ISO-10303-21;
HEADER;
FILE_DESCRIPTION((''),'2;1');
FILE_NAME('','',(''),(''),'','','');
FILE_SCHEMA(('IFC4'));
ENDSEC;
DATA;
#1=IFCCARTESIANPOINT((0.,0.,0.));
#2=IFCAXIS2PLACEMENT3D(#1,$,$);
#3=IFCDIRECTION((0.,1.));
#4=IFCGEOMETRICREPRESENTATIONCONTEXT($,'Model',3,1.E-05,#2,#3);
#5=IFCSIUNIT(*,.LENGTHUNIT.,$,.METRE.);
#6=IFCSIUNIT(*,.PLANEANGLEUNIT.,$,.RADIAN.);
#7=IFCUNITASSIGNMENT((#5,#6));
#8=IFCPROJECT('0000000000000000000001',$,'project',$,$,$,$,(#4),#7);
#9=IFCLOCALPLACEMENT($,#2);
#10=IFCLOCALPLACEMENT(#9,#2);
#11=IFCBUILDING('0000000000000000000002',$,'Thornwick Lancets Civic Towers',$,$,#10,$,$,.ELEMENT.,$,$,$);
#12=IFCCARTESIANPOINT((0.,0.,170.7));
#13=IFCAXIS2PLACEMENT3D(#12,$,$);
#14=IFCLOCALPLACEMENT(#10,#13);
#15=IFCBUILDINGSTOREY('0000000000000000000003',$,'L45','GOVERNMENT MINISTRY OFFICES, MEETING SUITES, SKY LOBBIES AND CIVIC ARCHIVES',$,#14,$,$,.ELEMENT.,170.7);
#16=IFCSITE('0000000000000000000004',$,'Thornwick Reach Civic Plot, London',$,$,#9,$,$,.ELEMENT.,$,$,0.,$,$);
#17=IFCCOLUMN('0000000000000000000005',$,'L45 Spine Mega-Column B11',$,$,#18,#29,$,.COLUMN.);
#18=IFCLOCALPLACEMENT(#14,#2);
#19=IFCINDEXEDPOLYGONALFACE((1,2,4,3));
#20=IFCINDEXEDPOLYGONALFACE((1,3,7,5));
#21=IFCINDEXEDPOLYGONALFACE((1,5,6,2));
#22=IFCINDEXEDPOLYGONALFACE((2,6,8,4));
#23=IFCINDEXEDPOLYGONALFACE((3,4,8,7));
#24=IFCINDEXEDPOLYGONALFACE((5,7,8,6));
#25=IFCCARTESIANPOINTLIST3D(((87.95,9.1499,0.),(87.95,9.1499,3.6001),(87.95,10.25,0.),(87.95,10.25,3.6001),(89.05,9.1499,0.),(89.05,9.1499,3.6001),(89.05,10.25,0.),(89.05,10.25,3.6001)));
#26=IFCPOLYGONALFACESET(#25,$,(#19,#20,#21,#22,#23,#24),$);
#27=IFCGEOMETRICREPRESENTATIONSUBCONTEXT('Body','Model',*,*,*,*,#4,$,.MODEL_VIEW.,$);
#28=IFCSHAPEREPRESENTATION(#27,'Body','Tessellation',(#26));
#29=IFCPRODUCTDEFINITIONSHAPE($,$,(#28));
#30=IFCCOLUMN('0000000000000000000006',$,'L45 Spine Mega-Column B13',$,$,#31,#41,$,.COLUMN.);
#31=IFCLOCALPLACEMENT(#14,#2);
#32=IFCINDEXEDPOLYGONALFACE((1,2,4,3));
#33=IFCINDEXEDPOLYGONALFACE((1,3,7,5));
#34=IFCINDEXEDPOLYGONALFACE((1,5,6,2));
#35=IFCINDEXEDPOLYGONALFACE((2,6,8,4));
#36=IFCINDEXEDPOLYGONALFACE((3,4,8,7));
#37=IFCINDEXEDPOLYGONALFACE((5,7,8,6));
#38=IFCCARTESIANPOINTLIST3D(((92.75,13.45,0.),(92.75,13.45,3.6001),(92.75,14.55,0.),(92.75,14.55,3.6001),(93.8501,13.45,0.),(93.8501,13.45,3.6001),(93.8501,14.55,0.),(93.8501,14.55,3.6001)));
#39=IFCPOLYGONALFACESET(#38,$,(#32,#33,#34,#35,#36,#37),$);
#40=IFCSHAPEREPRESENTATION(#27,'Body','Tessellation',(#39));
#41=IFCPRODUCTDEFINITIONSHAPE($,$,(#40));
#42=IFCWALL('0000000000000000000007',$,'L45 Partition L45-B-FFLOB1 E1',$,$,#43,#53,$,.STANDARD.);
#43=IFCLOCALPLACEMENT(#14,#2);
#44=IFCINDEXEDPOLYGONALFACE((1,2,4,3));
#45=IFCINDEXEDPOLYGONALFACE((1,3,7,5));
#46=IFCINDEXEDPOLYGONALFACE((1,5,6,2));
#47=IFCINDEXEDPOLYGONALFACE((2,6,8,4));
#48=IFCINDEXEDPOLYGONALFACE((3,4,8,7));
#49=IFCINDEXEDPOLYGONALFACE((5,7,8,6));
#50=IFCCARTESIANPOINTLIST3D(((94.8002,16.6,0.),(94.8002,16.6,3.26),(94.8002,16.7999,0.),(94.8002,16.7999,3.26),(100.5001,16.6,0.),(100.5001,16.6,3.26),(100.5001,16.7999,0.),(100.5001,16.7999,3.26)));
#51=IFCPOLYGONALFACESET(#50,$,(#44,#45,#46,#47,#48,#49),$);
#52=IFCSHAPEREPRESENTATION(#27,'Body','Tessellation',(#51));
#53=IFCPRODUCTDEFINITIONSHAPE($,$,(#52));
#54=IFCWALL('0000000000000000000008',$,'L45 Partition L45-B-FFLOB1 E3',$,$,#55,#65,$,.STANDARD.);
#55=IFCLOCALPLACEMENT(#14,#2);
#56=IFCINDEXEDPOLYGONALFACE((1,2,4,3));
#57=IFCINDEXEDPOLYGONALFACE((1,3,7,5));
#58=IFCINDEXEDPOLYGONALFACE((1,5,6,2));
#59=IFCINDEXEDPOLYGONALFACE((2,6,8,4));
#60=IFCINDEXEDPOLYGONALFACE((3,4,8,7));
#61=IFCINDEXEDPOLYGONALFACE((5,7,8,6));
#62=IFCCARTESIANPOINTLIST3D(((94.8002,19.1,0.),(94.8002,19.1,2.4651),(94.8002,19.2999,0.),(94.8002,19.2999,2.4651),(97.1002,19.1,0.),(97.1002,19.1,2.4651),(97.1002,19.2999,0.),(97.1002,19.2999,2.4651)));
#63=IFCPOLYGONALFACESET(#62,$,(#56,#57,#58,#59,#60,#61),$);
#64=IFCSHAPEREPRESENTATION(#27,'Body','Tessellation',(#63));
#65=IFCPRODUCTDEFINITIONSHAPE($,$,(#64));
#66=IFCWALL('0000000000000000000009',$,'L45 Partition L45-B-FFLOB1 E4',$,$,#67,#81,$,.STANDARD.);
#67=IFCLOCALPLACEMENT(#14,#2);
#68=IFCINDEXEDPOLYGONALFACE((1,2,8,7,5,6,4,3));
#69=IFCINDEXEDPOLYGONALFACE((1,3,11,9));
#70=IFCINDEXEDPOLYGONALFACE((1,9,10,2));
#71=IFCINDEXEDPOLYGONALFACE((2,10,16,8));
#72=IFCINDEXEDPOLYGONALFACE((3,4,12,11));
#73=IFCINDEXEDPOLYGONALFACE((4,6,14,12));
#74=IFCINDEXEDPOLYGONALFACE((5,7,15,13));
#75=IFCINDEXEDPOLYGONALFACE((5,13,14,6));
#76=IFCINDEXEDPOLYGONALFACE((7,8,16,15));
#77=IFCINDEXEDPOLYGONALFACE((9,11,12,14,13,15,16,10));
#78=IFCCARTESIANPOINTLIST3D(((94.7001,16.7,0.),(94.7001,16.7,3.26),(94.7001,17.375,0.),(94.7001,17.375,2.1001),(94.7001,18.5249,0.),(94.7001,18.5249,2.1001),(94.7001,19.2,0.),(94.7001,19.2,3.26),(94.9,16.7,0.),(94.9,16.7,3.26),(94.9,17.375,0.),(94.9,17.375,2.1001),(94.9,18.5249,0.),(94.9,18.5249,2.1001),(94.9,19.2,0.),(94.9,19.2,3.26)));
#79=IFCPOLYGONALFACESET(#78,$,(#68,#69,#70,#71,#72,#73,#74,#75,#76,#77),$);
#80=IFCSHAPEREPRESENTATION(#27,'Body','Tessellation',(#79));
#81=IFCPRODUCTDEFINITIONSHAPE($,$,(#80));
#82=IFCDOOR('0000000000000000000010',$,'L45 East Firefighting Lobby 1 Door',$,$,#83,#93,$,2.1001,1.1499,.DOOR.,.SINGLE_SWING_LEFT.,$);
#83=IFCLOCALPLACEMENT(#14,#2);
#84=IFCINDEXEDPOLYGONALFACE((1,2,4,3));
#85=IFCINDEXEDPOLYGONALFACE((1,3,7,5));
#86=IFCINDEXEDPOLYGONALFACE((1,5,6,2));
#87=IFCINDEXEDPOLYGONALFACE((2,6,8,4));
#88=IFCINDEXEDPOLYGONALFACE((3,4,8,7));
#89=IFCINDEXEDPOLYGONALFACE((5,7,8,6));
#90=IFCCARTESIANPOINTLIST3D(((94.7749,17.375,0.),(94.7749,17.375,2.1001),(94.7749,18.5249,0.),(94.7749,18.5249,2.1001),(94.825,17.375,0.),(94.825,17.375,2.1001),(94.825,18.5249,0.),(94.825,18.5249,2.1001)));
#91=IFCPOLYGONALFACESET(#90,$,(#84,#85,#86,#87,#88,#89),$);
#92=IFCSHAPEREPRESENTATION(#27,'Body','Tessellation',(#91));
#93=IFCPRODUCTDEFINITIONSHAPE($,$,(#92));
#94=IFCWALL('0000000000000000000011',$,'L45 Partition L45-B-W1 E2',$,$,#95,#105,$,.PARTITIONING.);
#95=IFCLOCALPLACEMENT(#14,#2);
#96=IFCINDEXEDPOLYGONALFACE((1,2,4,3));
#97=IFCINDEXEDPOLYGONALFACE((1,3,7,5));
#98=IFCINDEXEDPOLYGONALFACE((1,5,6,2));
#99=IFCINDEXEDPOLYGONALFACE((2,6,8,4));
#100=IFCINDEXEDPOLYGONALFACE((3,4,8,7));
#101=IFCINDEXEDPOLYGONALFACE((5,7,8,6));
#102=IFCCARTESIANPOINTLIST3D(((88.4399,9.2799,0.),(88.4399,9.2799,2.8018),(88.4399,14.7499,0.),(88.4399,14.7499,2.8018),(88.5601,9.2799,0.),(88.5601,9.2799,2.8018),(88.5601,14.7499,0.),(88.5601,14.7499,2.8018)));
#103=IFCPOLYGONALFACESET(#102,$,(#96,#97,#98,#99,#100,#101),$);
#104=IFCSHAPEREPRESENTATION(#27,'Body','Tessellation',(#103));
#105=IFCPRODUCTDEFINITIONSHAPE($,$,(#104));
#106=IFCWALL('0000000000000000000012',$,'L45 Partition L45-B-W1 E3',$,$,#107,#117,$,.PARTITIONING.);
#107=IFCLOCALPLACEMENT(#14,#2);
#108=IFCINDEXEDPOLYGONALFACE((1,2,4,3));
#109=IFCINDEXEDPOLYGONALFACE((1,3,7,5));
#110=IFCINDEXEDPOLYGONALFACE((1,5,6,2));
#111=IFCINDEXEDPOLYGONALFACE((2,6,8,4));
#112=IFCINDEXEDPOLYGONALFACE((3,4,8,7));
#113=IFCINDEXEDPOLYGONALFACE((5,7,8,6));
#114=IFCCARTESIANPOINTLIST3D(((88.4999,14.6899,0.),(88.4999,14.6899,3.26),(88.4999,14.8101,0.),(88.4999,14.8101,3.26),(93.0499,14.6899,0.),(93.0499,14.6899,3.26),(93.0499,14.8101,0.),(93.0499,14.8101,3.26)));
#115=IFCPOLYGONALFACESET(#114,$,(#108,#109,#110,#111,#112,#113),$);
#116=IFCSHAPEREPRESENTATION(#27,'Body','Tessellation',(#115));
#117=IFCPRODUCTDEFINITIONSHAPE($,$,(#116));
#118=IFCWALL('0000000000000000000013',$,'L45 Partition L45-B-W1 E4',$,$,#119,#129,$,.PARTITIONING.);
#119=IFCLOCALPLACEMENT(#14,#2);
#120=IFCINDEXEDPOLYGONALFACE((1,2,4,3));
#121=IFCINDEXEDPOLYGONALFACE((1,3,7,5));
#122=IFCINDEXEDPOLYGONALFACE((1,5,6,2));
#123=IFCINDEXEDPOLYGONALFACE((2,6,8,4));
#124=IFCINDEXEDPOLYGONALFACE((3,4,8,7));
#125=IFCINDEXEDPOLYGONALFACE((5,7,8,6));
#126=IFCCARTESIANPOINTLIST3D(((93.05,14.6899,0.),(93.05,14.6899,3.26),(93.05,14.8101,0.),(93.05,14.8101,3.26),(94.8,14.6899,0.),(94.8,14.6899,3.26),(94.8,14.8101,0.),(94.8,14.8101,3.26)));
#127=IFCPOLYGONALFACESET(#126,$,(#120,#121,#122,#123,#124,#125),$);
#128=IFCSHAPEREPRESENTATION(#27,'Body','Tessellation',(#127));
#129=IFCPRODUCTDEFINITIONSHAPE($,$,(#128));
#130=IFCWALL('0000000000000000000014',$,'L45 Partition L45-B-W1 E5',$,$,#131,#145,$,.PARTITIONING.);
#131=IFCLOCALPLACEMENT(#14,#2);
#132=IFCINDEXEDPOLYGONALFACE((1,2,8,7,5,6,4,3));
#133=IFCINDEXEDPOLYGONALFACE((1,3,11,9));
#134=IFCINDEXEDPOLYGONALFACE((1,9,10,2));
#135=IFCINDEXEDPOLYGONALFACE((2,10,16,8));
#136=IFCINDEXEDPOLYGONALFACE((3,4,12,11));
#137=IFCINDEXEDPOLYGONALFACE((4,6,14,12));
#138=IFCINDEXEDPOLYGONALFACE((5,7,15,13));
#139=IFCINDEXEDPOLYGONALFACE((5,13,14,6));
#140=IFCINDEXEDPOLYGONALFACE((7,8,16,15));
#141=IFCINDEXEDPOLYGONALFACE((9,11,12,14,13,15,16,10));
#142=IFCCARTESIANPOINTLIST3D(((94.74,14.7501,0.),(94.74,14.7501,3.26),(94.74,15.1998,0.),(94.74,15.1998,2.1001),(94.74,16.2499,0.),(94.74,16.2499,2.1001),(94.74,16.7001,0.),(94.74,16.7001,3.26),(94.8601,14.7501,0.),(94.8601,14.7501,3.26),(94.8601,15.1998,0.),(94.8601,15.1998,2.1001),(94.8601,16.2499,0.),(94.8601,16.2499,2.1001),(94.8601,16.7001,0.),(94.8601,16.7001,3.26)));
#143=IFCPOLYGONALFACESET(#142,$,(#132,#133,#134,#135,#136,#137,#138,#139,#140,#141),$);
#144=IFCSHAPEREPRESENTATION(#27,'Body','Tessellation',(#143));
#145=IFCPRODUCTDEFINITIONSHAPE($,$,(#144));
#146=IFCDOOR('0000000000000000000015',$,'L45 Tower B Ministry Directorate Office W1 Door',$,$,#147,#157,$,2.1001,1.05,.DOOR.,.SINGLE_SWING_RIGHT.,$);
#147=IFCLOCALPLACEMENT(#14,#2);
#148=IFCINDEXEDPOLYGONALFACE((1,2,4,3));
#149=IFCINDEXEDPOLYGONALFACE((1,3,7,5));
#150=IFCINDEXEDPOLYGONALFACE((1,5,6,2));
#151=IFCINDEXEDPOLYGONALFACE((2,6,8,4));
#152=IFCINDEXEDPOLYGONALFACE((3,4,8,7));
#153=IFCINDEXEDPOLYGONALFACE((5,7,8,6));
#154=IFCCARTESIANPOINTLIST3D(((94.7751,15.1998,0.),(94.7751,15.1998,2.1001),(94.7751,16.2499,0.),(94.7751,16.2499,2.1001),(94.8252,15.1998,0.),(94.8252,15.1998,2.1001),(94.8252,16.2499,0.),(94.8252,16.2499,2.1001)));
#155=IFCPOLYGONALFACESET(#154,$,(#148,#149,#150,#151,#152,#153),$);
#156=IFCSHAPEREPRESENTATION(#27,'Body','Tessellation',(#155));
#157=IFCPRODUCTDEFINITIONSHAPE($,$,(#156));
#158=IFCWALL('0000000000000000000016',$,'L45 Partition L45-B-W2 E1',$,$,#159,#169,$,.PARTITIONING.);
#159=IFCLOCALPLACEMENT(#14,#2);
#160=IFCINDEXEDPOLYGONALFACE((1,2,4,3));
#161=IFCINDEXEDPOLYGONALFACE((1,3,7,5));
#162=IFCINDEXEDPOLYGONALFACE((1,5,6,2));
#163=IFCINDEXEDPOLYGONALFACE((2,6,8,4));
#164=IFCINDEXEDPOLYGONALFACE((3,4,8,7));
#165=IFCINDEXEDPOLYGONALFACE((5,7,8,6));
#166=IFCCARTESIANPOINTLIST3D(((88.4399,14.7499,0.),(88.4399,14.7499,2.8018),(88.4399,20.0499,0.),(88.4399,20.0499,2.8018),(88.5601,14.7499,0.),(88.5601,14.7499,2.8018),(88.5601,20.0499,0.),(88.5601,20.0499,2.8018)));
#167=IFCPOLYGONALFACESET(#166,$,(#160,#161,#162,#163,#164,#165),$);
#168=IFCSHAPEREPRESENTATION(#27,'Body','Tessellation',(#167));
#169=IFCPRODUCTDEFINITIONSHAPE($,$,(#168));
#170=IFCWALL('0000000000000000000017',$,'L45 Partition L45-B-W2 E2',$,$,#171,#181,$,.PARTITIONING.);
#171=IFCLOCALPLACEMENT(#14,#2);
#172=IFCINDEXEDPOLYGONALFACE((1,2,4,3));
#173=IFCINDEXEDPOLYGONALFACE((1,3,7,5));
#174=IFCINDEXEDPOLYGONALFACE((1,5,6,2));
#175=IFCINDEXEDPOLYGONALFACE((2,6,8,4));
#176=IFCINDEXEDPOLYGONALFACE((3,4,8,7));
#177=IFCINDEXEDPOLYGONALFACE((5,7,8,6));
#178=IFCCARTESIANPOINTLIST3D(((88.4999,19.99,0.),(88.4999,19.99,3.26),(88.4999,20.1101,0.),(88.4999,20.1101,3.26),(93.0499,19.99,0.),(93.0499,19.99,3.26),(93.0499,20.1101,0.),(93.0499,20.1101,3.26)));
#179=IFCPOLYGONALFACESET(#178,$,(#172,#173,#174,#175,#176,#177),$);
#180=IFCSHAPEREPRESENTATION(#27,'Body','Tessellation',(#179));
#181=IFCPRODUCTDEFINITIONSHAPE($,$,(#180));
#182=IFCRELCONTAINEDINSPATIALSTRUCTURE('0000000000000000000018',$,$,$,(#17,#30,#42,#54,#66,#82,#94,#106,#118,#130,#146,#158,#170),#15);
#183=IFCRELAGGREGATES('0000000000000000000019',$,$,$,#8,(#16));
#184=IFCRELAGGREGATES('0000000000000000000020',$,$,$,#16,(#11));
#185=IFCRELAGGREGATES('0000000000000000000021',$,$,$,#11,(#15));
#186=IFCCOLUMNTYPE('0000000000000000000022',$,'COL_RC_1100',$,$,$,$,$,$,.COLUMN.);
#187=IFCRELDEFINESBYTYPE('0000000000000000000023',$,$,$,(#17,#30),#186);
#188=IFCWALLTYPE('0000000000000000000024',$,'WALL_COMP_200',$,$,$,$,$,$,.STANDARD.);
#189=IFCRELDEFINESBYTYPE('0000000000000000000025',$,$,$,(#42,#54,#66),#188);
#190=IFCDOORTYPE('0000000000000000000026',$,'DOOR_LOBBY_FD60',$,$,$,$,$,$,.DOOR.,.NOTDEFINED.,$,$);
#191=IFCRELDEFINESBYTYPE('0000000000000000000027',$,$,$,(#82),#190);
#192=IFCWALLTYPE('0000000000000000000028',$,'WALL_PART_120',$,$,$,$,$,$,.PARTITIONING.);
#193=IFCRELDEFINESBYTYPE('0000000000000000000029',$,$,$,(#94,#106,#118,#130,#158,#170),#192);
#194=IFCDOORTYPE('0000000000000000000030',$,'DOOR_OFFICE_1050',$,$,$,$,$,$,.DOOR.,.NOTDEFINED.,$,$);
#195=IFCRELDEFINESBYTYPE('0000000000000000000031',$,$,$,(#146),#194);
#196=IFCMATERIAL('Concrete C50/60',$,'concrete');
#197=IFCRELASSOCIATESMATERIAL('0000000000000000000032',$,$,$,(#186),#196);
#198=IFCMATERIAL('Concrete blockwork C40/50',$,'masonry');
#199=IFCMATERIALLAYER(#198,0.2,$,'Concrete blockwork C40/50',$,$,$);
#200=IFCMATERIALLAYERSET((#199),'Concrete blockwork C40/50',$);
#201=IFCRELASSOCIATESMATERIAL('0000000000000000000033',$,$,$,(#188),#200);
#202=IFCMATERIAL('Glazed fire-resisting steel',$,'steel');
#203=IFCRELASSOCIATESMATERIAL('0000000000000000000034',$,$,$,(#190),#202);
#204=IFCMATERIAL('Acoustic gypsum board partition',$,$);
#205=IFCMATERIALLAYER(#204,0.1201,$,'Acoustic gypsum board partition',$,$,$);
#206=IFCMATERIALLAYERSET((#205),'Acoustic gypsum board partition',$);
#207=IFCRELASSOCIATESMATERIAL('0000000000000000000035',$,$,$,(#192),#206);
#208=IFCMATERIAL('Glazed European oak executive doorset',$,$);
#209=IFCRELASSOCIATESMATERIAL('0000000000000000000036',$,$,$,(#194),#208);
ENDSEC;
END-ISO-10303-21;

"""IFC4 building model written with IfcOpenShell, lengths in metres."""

from ifc_helpers import new_model, si_unit, direction, frame, frame_2d, origin, origin_2d, place, context, subcontext, project, spatial, rectangle, extrude, material, layer, layer_set, material_profile, profile_set, type_object, element, fill, save


model = new_model("IFC4")

# Units and contexts
model_context = context("Model", 3, precision=1e-05, world=origin(), true_north=direction((0.0, 1.0)))
body_context = subcontext(model_context, "Body", "Model", "MODEL_VIEW")
ifc_project = project(units=[si_unit("LENGTHUNIT", "METRE"), si_unit("PLANEANGLEUNIT", "RADIAN")], contexts=[model_context])

# Site, building, storey
site_placement = place(None, origin())
site = spatial("IfcSite", under=ifc_project, at=site_placement, Name="Thornwick Reach Civic Plot, London", CompositionType="ELEMENT", RefElevation=0.0)
building_placement = place(site_placement, origin())
building = spatial("IfcBuilding", under=site, at=building_placement, Name="Thornwick Lancets Civic Towers", CompositionType="ELEMENT")
storey_placement = place(building_placement, frame((0.0, 0.0, 170.7)))
storey = spatial("IfcBuildingStorey", under=building, at=storey_placement, Name="L45", Description="GOVERNMENT MINISTRY OFFICES, MEETING SUITES, SKY LOBBIES AND CIVIC ARCHIVES", CompositionType="ELEMENT", Elevation=170.7)

# Columns
ifc_material_1 = material(Name="Concrete C50/60", Category="concrete")
ifc_material_profile = material_profile(ifc_material_1, rectangle(XDim=1.1001, YDim=1.1001, at=origin_2d()), Name="RC 1100x1100")
ifc_profile_set = profile_set([ifc_material_profile], Name="Concrete C50/60")
column_type = type_object("IfcColumnType", Name="COL_RC_1100", PredefinedType="COLUMN", material=ifc_profile_set)
for number, where, z_axis, x_axis, name in (
    (1, (88.5, 9.7, 0.0), (0.0, 0.0, 1.0), (1.0, 0.0, 0.0), "L45 Spine Mega-Column B11"),
    (2, (93.3, 14.0, 0.0), (0.0, 0.0, 1.0), (1.0, 0.0, 0.0), "L45 Spine Mega-Column B13"),
):
    element("IfcColumn", number, at=place(storey_placement, frame(where, z_axis=z_axis, x_axis=x_axis)), inside=storey, type_object=column_type, Name=name, PredefinedType="COLUMN", context=body_context, shape_type="SweptSolid", body=[
        extrude(rectangle(XDim=1.1001, YDim=1.1001, at=origin_2d()), origin(), (0.0, 0.0, 1.0), 3.6001),
    ])

# Walls
ifc_material_2 = material(Name="Concrete blockwork C40/50", Category="masonry")
ifc_layer_1 = layer(ifc_material_2, 0.2, Name="Concrete blockwork C40/50")
ifc_layer_set_1 = layer_set([ifc_layer_1], Name="Concrete blockwork C40/50")
wall_type_1 = type_object("IfcWallType", Name="WALL_COMP_200", PredefinedType="STANDARD", material=ifc_layer_set_1)
wall_1_placement = place(storey_placement, frame((94.8, 16.7, 0.0), z_axis=(0.0, 0.0, 1.0), x_axis=(1.0, 0.0, 0.0)))
element("IfcWall", 3, at=wall_1_placement, inside=storey, type_object=wall_type_1, Name="L45 Partition L45-B-FFLOB1 E1", PredefinedType="STANDARD", context=body_context, shape_type="SweptSolid", body=[
    extrude(rectangle(XDim=5.7, YDim=0.2, at=frame_2d((2.8501, 0.0))), origin(), (0.0, 0.0, 1.0), 3.26),
])
wall_2_placement = place(storey_placement, frame((97.1001, 19.2, 0.0), z_axis=(0.0, 0.0, 1.0), x_axis=(-1.0, 0.0, 0.0)))
element("IfcWall", 4, at=wall_2_placement, inside=storey, type_object=wall_type_1, Name="L45 Partition L45-B-FFLOB1 E3", PredefinedType="STANDARD", context=body_context, shape_type="SweptSolid", body=[
    extrude(rectangle(XDim=2.3, YDim=0.2, at=frame_2d((1.1499, 0.0))), origin(), (0.0, 0.0, 1.0), 2.4651),
])

# Wall, opening, door
wall_3_placement = place(storey_placement, frame((94.8, 19.2, 0.0), z_axis=(0.0, 0.0, 1.0), x_axis=(0.0, -1.0, 0.0)))
wall_3 = element("IfcWall", 5, at=wall_3_placement, inside=storey, type_object=wall_type_1, Name="L45 Partition L45-B-FFLOB1 E4", PredefinedType="STANDARD", context=body_context, shape_type="SweptSolid", body=[
    extrude(rectangle(XDim=2.5, YDim=0.2, at=frame_2d((1.25, 0.0))), origin(), (0.0, 0.0, 1.0), 3.26),
])
opening_1_placement = place(wall_3_placement, frame((0.675, 0.0, 0.0)))
opening_1 = element("IfcOpeningElement", 6, at=opening_1_placement, cuts=wall_3, PredefinedType="OPENING", context=body_context, shape_type="SweptSolid", body=[
    extrude(rectangle(XDim=1.1499, YDim=2.1001, at=frame_2d((0.575, 1.05))), frame((0.0, 0.1099, 0.0), z_axis=(0.0, -1.0, 0.0), x_axis=(1.0, 0.0, 0.0)), (0.0, 0.0, 1.0), 0.22),
])
ifc_material_3 = material(Name="Glazed fire-resisting steel", Category="steel")
door_type_1 = type_object("IfcDoorType", Name="DOOR_LOBBY_FD60", OperationType="NOTDEFINED", PredefinedType="DOOR", material=ifc_material_3)
door_1_placement = place(opening_1_placement, origin())
door_1 = element("IfcDoor", 7, at=door_1_placement, inside=storey, type_object=door_type_1, Name="L45 East Firefighting Lobby 1 Door", OperationType="SINGLE_SWING_LEFT", OverallHeight=2.1001, OverallWidth=1.1499, PredefinedType="DOOR", context=body_context, shape_type="SweptSolid", body=[
    extrude(rectangle(XDim=1.1499, YDim=2.1001, at=frame_2d((0.575, 1.05))), frame((0.0, 0.0249, 0.0), z_axis=(0.0, -1.0, 0.0), x_axis=(1.0, 0.0, 0.0)), (0.0, 0.0, 1.0), 0.05),
])
fill(opening_1, door_1)

# Walls
ifc_material_4 = material(Name="Acoustic gypsum board partition")
ifc_layer_2 = layer(ifc_material_4, 0.1201, Name="Acoustic gypsum board partition")
ifc_layer_set_2 = layer_set([ifc_layer_2], Name="Acoustic gypsum board partition")
wall_type_2 = type_object("IfcWallType", Name="WALL_PART_120", PredefinedType="PARTITIONING", material=ifc_layer_set_2)
wall_4_placement = place(storey_placement, frame((88.5, 9.28, 0.0), z_axis=(0.0, 0.0, 1.0), x_axis=(0.0, 1.0, 0.0)))
element("IfcWall", 8, at=wall_4_placement, inside=storey, type_object=wall_type_2, Name="L45 Partition L45-B-W1 E2", PredefinedType="PARTITIONING", context=body_context, shape_type="SweptSolid", body=[
    extrude(rectangle(XDim=5.47, YDim=0.1201, at=frame_2d((2.7349, 0.0))), origin(), (0.0, 0.0, 1.0), 2.8018),
])
wall_5_placement = place(storey_placement, frame((88.5, 14.75, 0.0), z_axis=(0.0, 0.0, 1.0), x_axis=(1.0, 0.0, 0.0)))
element("IfcWall", 9, at=wall_5_placement, inside=storey, type_object=wall_type_2, Name="L45 Partition L45-B-W1 E3", PredefinedType="PARTITIONING", context=body_context, shape_type="SweptSolid", body=[
    extrude(rectangle(XDim=4.55, YDim=0.1201, at=frame_2d((2.2749, 0.0))), origin(), (0.0, 0.0, 1.0), 3.26),
])
wall_6_placement = place(storey_placement, frame((93.05, 14.75, 0.0), z_axis=(0.0, 0.0, 1.0), x_axis=(1.0, 0.0, 0.0)))
element("IfcWall", 10, at=wall_6_placement, inside=storey, type_object=wall_type_2, Name="L45 Partition L45-B-W1 E4", PredefinedType="PARTITIONING", context=body_context, shape_type="SweptSolid", body=[
    extrude(rectangle(XDim=1.75, YDim=0.1201, at=frame_2d((0.875, 0.0))), origin(), (0.0, 0.0, 1.0), 3.26),
])

# Wall, opening, door
wall_7_placement = place(storey_placement, frame((94.8, 14.75, 0.0), z_axis=(0.0, 0.0, 1.0), x_axis=(0.0, 1.0, 0.0)))
wall_7 = element("IfcWall", 11, at=wall_7_placement, inside=storey, type_object=wall_type_2, Name="L45 Partition L45-B-W1 E5", PredefinedType="PARTITIONING", context=body_context, shape_type="SweptSolid", body=[
    extrude(rectangle(XDim=1.95, YDim=0.1201, at=frame_2d((0.9751, 0.0))), origin(), (0.0, 0.0, 1.0), 3.26),
])
opening_2_placement = place(wall_7_placement, frame((0.45, 0.0, 0.0)))
opening_2 = element("IfcOpeningElement", 12, at=opening_2_placement, cuts=wall_7, PredefinedType="OPENING", context=body_context, shape_type="SweptSolid", body=[
    extrude(rectangle(XDim=1.05, YDim=2.1001, at=frame_2d((0.5249, 1.05))), frame((0.0, 0.0701, 0.0), z_axis=(0.0, -1.0, 0.0), x_axis=(1.0, 0.0, 0.0)), (0.0, 0.0, 1.0), 0.1401),
])
ifc_material_5 = material(Name="Glazed European oak executive doorset")
door_type_2 = type_object("IfcDoorType", Name="DOOR_OFFICE_1050", OperationType="NOTDEFINED", PredefinedType="DOOR", material=ifc_material_5)
door_2_placement = place(opening_2_placement, origin())
door_2 = element("IfcDoor", 13, at=door_2_placement, inside=storey, type_object=door_type_2, Name="L45 Tower B Ministry Directorate Office W1 Door", OperationType="SINGLE_SWING_RIGHT", OverallHeight=2.1001, OverallWidth=1.05, PredefinedType="DOOR", context=body_context, shape_type="SweptSolid", body=[
    extrude(rectangle(XDim=1.05, YDim=2.1001, at=frame_2d((0.5249, 1.05))), frame((0.0, 0.0249, 0.0), z_axis=(0.0, -1.0, 0.0), x_axis=(1.0, 0.0, 0.0)), (0.0, 0.0, 1.0), 0.05),
])
fill(opening_2, door_2)

# Walls
wall_8_placement = place(storey_placement, frame((88.5, 14.75, 0.0), z_axis=(0.0, 0.0, 1.0), x_axis=(0.0, 1.0, 0.0)))
element("IfcWall", 14, at=wall_8_placement, inside=storey, type_object=wall_type_2, Name="L45 Partition L45-B-W2 E1", PredefinedType="PARTITIONING", context=body_context, shape_type="SweptSolid", body=[
    extrude(rectangle(XDim=5.3, YDim=0.1201, at=frame_2d((2.6499, 0.0))), origin(), (0.0, 0.0, 1.0), 2.8018),
])
wall_9_placement = place(storey_placement, frame((88.5, 20.05, 0.0), z_axis=(0.0, 0.0, 1.0), x_axis=(1.0, 0.0, 0.0)))
element("IfcWall", 15, at=wall_9_placement, inside=storey, type_object=wall_type_2, Name="L45 Partition L45-B-W2 E2", PredefinedType="PARTITIONING", context=body_context, shape_type="SweptSolid", body=[
    extrude(rectangle(XDim=4.55, YDim=0.1201, at=frame_2d((2.2749, 0.0))), origin(), (0.0, 0.0, 1.0), 3.26),
])

save(model, "model.ifc")
